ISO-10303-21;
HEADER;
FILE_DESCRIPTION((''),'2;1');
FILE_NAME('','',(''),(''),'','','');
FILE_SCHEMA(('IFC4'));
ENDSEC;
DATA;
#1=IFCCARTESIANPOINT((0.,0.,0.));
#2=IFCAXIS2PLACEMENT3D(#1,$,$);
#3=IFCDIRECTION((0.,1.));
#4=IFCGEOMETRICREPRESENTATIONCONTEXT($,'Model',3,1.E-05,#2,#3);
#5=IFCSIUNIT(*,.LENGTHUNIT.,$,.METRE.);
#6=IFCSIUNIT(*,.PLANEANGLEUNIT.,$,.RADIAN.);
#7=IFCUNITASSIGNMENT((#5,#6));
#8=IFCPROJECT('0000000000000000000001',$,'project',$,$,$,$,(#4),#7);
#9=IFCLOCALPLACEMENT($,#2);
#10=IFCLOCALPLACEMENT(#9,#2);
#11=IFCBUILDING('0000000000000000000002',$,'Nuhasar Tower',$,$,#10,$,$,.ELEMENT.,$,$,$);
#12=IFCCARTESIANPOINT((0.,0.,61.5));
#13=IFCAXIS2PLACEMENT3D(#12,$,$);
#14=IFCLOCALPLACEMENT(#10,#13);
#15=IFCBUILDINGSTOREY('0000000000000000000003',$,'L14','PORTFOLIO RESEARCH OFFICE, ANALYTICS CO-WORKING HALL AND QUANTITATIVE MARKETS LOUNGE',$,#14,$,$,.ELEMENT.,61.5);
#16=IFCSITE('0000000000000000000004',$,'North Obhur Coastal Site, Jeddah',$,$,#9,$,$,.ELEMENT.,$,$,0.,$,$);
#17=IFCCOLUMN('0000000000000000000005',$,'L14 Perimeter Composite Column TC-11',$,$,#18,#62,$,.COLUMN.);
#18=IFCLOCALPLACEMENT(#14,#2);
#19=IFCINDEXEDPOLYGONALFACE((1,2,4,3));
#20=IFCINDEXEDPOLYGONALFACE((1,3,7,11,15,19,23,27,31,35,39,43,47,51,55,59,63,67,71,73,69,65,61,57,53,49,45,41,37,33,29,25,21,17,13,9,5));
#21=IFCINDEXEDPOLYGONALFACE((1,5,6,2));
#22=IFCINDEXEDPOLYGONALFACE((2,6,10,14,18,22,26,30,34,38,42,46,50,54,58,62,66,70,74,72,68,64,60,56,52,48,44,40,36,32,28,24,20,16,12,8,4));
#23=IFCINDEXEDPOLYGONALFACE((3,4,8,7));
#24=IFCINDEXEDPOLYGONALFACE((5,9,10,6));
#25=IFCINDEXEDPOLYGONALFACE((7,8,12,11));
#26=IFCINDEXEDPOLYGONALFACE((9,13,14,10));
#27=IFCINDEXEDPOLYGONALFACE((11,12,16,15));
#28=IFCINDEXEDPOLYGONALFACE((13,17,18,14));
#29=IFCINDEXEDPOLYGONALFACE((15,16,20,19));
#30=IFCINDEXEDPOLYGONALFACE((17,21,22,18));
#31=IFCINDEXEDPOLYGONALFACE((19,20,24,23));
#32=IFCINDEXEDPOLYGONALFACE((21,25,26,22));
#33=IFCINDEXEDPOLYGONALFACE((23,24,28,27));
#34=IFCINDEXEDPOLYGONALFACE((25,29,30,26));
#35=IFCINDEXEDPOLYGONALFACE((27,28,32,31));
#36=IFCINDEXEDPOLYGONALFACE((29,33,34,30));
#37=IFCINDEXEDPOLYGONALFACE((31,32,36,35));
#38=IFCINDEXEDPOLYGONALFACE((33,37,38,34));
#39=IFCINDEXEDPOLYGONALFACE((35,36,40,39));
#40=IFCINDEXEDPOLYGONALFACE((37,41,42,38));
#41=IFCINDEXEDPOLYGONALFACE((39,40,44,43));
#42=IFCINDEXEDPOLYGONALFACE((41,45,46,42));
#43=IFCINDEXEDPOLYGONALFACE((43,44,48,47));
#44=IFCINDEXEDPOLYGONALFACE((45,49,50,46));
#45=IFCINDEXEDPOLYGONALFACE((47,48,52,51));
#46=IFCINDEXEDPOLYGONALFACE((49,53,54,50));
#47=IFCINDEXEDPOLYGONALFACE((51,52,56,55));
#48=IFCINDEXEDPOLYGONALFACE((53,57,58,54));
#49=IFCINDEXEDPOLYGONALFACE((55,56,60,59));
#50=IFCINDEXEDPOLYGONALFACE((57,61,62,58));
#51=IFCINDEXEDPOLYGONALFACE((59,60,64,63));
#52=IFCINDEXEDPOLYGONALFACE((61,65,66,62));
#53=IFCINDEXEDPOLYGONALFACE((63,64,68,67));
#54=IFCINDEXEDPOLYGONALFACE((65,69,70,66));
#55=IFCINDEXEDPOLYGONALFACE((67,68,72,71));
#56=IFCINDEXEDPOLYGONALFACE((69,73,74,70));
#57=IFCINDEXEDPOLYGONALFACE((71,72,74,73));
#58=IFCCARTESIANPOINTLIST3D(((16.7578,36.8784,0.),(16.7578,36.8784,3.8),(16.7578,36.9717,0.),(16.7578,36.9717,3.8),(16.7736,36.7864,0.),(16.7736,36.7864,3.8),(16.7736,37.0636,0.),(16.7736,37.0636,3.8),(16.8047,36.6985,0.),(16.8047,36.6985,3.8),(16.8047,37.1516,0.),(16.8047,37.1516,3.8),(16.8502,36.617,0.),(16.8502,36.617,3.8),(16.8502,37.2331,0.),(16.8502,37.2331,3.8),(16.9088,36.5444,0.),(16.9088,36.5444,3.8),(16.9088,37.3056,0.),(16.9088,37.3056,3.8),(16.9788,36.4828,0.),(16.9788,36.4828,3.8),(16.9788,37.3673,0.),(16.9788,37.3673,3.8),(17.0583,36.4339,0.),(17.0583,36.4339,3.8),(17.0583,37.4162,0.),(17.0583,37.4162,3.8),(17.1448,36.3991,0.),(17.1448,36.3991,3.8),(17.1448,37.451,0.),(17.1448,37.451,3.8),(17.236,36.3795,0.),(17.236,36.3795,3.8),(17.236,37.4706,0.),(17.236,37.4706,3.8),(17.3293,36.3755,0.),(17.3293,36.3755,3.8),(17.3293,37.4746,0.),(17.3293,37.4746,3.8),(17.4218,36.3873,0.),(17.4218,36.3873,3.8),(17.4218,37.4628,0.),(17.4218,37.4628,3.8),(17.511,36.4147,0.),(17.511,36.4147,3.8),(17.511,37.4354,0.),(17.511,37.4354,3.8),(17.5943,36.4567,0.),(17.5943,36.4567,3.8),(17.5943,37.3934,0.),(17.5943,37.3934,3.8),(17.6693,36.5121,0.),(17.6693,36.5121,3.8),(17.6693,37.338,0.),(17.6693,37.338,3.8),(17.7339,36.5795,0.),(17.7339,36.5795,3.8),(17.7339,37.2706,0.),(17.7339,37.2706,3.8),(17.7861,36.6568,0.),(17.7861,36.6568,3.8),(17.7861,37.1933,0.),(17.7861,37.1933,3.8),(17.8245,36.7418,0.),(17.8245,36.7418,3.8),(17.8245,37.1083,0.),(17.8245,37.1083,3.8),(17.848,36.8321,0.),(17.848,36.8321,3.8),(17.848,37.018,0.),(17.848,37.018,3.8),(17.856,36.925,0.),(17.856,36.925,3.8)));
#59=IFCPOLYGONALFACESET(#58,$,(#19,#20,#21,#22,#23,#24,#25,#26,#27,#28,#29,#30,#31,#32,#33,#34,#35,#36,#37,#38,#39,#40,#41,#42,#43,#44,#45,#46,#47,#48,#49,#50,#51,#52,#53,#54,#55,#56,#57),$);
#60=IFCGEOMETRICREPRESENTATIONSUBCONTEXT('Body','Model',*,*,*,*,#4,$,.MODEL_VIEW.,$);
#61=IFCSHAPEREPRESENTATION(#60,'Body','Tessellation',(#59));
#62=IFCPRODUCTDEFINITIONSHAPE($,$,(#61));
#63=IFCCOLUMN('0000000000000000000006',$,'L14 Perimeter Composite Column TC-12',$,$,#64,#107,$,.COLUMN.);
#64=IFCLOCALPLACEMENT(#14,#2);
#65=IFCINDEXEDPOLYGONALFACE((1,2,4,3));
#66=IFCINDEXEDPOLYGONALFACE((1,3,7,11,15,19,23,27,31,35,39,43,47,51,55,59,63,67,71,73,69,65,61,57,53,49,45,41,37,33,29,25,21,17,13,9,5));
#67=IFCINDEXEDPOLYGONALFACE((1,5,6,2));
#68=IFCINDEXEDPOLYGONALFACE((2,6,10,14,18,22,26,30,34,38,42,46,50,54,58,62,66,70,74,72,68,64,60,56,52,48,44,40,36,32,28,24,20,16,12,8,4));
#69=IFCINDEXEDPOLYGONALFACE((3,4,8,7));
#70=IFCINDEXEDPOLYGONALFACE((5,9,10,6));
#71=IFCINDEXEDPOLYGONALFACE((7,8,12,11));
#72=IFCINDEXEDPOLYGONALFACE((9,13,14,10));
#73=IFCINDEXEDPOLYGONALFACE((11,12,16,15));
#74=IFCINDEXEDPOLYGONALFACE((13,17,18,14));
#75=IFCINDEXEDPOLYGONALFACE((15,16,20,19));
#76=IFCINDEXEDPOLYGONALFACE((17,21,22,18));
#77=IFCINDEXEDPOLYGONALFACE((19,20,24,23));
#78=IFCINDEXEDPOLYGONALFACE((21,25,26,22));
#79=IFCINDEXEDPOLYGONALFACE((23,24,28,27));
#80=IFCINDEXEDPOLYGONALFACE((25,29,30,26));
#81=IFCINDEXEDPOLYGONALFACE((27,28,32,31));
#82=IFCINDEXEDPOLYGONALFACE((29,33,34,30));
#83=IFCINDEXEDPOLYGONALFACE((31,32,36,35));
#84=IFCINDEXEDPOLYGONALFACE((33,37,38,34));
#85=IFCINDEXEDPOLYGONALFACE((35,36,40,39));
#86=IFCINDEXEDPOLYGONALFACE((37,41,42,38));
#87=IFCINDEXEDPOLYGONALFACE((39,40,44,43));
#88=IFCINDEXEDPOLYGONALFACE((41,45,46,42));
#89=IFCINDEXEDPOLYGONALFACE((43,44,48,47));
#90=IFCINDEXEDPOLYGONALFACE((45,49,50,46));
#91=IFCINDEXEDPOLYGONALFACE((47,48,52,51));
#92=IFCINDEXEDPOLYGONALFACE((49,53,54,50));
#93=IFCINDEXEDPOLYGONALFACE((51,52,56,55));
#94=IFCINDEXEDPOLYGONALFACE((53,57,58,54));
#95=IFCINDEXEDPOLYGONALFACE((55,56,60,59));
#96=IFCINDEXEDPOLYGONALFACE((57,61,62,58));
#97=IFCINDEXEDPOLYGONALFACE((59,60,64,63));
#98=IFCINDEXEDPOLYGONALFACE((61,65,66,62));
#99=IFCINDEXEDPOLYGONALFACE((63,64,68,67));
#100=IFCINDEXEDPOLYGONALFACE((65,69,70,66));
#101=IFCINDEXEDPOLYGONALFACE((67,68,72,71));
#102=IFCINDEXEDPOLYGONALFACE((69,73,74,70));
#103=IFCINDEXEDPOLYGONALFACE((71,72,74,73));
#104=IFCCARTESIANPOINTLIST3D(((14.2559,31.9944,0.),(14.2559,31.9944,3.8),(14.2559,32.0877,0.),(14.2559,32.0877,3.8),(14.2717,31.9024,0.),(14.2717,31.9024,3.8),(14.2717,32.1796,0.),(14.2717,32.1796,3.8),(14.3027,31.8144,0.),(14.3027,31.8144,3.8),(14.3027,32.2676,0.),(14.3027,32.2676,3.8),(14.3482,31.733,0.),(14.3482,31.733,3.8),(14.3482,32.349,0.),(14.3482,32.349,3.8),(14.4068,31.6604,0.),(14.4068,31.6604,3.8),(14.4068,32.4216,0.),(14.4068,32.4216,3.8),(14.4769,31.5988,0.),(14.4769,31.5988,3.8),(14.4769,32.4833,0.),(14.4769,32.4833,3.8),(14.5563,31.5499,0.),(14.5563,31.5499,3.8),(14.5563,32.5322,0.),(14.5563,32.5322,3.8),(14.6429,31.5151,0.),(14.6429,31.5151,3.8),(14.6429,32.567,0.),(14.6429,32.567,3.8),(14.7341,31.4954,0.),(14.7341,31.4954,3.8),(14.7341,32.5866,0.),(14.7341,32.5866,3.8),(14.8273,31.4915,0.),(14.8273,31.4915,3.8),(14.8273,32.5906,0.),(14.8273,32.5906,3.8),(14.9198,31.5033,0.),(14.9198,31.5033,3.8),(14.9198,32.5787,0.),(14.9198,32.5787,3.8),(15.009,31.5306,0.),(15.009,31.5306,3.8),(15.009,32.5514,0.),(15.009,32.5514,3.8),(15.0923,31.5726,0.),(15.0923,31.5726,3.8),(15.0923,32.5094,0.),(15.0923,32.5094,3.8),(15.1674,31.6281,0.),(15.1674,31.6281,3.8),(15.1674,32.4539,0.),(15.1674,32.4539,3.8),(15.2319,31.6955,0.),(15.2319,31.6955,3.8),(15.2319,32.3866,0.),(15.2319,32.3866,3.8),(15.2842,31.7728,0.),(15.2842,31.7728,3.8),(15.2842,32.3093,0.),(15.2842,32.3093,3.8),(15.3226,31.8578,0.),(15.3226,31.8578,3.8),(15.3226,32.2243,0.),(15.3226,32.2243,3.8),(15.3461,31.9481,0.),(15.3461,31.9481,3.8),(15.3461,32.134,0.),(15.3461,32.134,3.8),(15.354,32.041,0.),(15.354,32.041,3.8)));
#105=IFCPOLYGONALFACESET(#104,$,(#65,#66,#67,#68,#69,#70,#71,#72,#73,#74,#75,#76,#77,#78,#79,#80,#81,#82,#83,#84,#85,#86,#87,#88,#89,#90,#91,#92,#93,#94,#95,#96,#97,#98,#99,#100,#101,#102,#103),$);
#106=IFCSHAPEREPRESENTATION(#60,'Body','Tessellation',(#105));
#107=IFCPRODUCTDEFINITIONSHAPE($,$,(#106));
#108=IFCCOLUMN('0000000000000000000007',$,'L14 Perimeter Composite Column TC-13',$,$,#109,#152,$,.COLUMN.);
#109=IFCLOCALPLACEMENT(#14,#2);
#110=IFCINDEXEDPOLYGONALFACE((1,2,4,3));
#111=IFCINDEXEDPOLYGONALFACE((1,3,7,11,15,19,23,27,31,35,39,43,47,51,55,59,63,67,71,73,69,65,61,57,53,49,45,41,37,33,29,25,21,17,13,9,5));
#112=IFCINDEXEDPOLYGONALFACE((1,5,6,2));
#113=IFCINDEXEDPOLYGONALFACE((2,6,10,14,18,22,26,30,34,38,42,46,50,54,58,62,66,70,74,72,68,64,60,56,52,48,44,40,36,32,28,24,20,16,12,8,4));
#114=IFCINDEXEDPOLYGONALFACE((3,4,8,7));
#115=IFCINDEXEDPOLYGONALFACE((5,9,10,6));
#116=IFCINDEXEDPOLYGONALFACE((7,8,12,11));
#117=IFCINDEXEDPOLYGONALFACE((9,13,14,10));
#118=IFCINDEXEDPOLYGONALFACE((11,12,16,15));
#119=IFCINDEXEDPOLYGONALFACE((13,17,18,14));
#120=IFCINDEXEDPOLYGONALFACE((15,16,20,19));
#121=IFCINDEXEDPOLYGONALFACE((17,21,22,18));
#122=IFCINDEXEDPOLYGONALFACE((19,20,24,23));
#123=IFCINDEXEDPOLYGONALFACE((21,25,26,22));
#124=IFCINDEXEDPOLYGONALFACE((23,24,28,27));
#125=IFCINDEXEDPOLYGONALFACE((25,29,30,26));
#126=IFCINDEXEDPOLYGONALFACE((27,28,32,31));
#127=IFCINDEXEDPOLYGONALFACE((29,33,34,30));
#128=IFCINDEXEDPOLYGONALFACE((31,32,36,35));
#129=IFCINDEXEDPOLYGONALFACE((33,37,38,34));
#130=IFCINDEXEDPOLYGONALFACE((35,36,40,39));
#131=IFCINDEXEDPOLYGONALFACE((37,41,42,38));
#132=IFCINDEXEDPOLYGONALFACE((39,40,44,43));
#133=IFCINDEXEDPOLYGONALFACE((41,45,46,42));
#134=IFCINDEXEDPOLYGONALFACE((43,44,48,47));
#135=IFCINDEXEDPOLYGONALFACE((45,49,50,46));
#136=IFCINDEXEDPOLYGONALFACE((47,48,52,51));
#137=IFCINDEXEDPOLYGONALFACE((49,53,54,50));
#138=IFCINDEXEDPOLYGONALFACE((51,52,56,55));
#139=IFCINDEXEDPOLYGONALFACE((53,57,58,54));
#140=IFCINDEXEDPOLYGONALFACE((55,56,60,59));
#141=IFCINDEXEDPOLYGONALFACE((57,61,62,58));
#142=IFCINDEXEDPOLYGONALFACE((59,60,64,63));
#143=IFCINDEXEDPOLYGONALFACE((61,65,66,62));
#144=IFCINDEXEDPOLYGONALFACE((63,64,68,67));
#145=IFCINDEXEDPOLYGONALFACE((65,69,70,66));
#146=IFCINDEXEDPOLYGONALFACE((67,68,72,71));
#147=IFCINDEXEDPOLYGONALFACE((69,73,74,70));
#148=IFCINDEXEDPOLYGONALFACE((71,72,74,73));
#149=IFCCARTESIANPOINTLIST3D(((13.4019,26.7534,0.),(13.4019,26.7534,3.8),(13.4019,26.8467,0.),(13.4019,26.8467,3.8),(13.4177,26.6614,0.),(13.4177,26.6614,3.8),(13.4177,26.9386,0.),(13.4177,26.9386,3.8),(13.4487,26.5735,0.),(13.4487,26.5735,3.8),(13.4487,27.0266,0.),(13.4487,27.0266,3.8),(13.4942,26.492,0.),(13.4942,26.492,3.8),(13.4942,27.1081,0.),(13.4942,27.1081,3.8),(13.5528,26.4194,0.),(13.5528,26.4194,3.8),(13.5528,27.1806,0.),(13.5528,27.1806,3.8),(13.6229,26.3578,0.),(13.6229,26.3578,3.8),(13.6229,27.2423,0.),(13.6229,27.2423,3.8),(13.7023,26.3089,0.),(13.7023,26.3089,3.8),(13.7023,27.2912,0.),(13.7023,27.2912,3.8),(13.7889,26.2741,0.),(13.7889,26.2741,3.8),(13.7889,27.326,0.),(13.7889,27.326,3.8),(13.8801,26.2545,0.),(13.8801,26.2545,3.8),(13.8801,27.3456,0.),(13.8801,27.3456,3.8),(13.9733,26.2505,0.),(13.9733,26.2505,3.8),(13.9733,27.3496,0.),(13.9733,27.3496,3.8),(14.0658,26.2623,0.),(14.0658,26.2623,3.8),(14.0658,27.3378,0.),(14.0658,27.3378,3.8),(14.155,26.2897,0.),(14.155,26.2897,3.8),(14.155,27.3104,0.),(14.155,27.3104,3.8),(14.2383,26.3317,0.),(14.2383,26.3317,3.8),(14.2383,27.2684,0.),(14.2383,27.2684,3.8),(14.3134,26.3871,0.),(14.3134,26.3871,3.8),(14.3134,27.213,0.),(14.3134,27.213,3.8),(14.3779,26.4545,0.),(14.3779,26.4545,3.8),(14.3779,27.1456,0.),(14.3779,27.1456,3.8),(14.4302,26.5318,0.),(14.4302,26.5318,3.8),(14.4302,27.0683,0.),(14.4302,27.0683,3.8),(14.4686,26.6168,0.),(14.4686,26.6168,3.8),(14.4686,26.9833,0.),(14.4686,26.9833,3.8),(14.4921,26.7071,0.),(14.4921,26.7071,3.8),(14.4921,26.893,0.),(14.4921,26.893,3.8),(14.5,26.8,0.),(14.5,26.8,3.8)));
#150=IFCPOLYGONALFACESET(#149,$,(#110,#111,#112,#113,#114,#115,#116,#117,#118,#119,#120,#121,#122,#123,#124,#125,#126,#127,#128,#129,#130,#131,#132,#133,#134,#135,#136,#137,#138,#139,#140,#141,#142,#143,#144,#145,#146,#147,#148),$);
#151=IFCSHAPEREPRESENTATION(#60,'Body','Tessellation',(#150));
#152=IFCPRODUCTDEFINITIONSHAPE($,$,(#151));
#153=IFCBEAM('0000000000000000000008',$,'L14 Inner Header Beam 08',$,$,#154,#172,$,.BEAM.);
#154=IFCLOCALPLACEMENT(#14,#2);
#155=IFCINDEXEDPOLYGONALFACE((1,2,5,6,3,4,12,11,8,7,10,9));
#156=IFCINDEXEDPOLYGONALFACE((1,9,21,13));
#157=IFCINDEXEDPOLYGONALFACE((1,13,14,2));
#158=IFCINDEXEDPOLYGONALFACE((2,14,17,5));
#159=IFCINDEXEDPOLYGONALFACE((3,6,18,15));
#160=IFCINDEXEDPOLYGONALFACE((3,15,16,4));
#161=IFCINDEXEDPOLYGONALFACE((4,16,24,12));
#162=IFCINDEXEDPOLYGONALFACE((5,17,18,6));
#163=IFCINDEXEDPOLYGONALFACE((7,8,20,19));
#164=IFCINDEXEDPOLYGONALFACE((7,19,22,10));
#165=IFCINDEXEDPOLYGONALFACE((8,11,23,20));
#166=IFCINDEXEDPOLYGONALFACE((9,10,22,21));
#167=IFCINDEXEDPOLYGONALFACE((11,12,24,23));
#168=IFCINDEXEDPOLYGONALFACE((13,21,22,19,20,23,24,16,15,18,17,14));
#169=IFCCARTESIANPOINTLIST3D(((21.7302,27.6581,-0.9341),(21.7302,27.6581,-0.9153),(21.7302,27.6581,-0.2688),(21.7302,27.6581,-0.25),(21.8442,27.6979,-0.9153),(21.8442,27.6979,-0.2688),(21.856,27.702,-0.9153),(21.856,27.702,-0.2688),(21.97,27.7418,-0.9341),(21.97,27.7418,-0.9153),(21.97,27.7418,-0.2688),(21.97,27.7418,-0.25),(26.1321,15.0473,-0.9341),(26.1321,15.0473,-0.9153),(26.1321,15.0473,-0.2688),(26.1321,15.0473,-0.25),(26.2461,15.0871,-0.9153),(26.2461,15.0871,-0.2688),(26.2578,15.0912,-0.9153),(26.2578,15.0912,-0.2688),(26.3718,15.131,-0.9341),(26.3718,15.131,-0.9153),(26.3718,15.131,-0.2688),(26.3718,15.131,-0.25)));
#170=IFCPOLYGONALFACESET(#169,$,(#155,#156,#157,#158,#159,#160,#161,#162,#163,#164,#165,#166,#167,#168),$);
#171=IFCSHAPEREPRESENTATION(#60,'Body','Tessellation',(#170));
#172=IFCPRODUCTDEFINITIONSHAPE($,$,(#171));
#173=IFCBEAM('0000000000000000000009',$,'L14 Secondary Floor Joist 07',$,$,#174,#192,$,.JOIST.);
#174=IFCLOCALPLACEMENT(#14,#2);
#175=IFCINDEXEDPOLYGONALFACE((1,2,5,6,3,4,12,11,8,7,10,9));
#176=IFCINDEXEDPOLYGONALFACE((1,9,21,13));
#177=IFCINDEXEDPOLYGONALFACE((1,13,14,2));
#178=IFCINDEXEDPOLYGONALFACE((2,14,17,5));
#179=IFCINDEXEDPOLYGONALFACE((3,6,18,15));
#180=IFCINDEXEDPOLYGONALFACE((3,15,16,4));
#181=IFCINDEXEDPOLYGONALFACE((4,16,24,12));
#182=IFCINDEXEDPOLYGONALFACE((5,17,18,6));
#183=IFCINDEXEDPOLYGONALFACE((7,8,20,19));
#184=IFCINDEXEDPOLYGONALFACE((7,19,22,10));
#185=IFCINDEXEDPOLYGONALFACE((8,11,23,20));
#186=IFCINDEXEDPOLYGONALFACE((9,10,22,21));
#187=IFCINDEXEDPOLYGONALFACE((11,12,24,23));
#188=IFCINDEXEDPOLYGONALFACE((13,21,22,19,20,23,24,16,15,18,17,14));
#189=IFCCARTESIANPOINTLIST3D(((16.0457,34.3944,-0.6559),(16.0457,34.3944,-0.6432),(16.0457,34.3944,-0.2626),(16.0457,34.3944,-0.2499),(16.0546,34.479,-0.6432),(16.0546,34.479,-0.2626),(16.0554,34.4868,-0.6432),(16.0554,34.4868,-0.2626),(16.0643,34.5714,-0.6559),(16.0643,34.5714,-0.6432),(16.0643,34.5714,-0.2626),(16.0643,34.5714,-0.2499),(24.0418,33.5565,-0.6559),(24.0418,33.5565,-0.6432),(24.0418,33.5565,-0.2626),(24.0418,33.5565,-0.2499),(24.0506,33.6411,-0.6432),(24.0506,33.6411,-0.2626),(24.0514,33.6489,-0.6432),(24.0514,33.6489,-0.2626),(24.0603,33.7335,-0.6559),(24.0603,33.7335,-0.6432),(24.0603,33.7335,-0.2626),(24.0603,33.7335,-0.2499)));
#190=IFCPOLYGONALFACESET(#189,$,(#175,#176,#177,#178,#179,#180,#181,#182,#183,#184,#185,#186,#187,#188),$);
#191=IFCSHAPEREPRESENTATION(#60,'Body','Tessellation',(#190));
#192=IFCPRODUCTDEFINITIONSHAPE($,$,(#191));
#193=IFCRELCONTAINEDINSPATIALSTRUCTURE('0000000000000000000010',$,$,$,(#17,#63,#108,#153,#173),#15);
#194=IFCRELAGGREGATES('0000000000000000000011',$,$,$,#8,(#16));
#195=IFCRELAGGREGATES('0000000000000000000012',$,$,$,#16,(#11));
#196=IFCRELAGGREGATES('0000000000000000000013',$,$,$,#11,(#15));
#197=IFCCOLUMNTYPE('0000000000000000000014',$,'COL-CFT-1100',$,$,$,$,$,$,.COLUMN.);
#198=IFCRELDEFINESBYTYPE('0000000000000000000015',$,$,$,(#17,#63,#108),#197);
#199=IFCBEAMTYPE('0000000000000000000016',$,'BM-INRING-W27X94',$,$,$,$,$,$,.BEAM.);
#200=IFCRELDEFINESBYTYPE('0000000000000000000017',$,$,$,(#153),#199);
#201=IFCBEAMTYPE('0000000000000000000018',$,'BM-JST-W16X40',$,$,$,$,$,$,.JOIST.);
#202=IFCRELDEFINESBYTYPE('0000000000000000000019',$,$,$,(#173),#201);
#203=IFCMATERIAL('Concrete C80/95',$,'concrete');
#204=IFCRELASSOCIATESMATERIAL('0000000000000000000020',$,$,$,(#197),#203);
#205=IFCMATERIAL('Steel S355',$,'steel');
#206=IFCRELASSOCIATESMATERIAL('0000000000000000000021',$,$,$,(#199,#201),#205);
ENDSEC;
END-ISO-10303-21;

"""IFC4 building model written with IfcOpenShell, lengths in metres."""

from ifc_helpers import new_model, si_unit, direction, frame, origin, origin_2d, place, context, subcontext, project, spatial, circle, i_section, extrude, material, material_profile, profile_set, type_object, element, save


model = new_model("IFC4")

# Units and contexts
model_context = context("Model", 3, precision=1e-05, world=origin(), true_north=direction((0.0, 1.0)))
body_context = subcontext(model_context, "Body", "Model", "MODEL_VIEW")
ifc_project = project(units=[si_unit("LENGTHUNIT", "METRE"), si_unit("PLANEANGLEUNIT", "RADIAN")], contexts=[model_context])

# Site, building, storey
site_placement = place(None, origin())
site = spatial("IfcSite", under=ifc_project, at=site_placement, Name="North Obhur Coastal Site, Jeddah", CompositionType="ELEMENT", RefElevation=0.0)
building_placement = place(site_placement, origin())
building = spatial("IfcBuilding", under=site, at=building_placement, Name="Nuhasar Tower", CompositionType="ELEMENT")
storey_placement = place(building_placement, frame((0.0, 0.0, 61.5)))
storey = spatial("IfcBuildingStorey", under=building, at=storey_placement, Name="L14", Description="PORTFOLIO RESEARCH OFFICE, ANALYTICS CO-WORKING HALL AND QUANTITATIVE MARKETS LOUNGE", CompositionType="ELEMENT", Elevation=61.5)

# Columns
ifc_material_1 = material(Name="Concrete C80/95", Category="concrete")
ifc_material_profile_1 = material_profile(ifc_material_1, circle(Radius=0.55, at=origin_2d()), Name="CFT1100")
ifc_profile_set_1 = profile_set([ifc_material_profile_1], Name="Concrete C80/95")
column_type = type_object("IfcColumnType", Name="COL-CFT-1100", PredefinedType="COLUMN", material=ifc_profile_set_1)
for number, where, z_axis, x_axis, name in (
    (1, (17.3059, 36.925, 0.0), (0.0, 0.0, 1.0), (1.0, 0.0, 0.0), "L14 Perimeter Composite Column TC-11"),
    (2, (14.804, 32.041, 0.0), (0.0, 0.0, 1.0), (1.0, 0.0, 0.0), "L14 Perimeter Composite Column TC-12"),
    (3, (13.95, 26.8, 0.0), (0.0, 0.0, 1.0), (1.0, 0.0, 0.0), "L14 Perimeter Composite Column TC-13"),
):
    element("IfcColumn", number, at=place(storey_placement, frame(where, z_axis=z_axis, x_axis=x_axis)), inside=storey, type_object=column_type, Name=name, PredefinedType="COLUMN", context=body_context, shape_type="SweptSolid", body=[
        extrude(circle(Radius=0.55, at=origin_2d()), origin(), (0.0, 0.0, 1.0), 3.8),
    ])

# Beams
ifc_material_2 = material(Name="Steel S355", Category="steel")
ifc_material_profile_2 = material_profile(ifc_material_2, i_section(OverallWidth=0.2539, OverallDepth=0.6841, WebThickness=0.0125, FlangeThickness=0.0188, at=origin_2d()), Name="W27X94")
ifc_profile_set_2 = profile_set([ifc_material_profile_2], Name="Steel S355")
beam_type_1 = type_object("IfcBeamType", Name="BM-INRING-W27X94", PredefinedType="BEAM", material=ifc_profile_set_2)
beam_1_placement = place(storey_placement, frame((21.8501, 27.7, -0.592), z_axis=(0.329554, -0.944137, 0.0), x_axis=(0.944137, 0.329554, 0.0)))
element("IfcBeam", 4, at=beam_1_placement, inside=storey, type_object=beam_type_1, Name="L14 Inner Header Beam 08", PredefinedType="BEAM", context=body_context, shape_type="SweptSolid", body=[
    extrude(i_section(OverallWidth=0.2539, OverallDepth=0.6841, WebThickness=0.0125, FlangeThickness=0.0188, at=origin_2d()), origin(), (0.0, 0.0, 1.0), 13.3569),
])
ifc_material_profile_3 = material_profile(ifc_material_2, i_section(OverallWidth=0.178, OverallDepth=0.406, WebThickness=0.0078, FlangeThickness=0.0127, at=origin_2d()), Name="W16X40")
ifc_profile_set_3 = profile_set([ifc_material_profile_3], Name="Steel S355")
beam_type_2 = type_object("IfcBeamType", Name="BM-JST-W16X40", PredefinedType="JOIST", material=ifc_profile_set_3)
beam_2_placement = place(storey_placement, frame((24.051, 33.645, -0.4529), z_axis=(-0.994555, 0.104217, 0.0), x_axis=(-0.104217, -0.994555, 0.0)))
element("IfcBeam", 5, at=beam_2_placement, inside=storey, type_object=beam_type_2, Name="L14 Secondary Floor Joist 07", PredefinedType="JOIST", context=body_context, shape_type="SweptSolid", body=[
    extrude(i_section(OverallWidth=0.178, OverallDepth=0.406, WebThickness=0.0078, FlangeThickness=0.0127, at=origin_2d()), origin(), (0.0, 0.0, 1.0), 8.0398),
])

save(model, "model.ifc")
